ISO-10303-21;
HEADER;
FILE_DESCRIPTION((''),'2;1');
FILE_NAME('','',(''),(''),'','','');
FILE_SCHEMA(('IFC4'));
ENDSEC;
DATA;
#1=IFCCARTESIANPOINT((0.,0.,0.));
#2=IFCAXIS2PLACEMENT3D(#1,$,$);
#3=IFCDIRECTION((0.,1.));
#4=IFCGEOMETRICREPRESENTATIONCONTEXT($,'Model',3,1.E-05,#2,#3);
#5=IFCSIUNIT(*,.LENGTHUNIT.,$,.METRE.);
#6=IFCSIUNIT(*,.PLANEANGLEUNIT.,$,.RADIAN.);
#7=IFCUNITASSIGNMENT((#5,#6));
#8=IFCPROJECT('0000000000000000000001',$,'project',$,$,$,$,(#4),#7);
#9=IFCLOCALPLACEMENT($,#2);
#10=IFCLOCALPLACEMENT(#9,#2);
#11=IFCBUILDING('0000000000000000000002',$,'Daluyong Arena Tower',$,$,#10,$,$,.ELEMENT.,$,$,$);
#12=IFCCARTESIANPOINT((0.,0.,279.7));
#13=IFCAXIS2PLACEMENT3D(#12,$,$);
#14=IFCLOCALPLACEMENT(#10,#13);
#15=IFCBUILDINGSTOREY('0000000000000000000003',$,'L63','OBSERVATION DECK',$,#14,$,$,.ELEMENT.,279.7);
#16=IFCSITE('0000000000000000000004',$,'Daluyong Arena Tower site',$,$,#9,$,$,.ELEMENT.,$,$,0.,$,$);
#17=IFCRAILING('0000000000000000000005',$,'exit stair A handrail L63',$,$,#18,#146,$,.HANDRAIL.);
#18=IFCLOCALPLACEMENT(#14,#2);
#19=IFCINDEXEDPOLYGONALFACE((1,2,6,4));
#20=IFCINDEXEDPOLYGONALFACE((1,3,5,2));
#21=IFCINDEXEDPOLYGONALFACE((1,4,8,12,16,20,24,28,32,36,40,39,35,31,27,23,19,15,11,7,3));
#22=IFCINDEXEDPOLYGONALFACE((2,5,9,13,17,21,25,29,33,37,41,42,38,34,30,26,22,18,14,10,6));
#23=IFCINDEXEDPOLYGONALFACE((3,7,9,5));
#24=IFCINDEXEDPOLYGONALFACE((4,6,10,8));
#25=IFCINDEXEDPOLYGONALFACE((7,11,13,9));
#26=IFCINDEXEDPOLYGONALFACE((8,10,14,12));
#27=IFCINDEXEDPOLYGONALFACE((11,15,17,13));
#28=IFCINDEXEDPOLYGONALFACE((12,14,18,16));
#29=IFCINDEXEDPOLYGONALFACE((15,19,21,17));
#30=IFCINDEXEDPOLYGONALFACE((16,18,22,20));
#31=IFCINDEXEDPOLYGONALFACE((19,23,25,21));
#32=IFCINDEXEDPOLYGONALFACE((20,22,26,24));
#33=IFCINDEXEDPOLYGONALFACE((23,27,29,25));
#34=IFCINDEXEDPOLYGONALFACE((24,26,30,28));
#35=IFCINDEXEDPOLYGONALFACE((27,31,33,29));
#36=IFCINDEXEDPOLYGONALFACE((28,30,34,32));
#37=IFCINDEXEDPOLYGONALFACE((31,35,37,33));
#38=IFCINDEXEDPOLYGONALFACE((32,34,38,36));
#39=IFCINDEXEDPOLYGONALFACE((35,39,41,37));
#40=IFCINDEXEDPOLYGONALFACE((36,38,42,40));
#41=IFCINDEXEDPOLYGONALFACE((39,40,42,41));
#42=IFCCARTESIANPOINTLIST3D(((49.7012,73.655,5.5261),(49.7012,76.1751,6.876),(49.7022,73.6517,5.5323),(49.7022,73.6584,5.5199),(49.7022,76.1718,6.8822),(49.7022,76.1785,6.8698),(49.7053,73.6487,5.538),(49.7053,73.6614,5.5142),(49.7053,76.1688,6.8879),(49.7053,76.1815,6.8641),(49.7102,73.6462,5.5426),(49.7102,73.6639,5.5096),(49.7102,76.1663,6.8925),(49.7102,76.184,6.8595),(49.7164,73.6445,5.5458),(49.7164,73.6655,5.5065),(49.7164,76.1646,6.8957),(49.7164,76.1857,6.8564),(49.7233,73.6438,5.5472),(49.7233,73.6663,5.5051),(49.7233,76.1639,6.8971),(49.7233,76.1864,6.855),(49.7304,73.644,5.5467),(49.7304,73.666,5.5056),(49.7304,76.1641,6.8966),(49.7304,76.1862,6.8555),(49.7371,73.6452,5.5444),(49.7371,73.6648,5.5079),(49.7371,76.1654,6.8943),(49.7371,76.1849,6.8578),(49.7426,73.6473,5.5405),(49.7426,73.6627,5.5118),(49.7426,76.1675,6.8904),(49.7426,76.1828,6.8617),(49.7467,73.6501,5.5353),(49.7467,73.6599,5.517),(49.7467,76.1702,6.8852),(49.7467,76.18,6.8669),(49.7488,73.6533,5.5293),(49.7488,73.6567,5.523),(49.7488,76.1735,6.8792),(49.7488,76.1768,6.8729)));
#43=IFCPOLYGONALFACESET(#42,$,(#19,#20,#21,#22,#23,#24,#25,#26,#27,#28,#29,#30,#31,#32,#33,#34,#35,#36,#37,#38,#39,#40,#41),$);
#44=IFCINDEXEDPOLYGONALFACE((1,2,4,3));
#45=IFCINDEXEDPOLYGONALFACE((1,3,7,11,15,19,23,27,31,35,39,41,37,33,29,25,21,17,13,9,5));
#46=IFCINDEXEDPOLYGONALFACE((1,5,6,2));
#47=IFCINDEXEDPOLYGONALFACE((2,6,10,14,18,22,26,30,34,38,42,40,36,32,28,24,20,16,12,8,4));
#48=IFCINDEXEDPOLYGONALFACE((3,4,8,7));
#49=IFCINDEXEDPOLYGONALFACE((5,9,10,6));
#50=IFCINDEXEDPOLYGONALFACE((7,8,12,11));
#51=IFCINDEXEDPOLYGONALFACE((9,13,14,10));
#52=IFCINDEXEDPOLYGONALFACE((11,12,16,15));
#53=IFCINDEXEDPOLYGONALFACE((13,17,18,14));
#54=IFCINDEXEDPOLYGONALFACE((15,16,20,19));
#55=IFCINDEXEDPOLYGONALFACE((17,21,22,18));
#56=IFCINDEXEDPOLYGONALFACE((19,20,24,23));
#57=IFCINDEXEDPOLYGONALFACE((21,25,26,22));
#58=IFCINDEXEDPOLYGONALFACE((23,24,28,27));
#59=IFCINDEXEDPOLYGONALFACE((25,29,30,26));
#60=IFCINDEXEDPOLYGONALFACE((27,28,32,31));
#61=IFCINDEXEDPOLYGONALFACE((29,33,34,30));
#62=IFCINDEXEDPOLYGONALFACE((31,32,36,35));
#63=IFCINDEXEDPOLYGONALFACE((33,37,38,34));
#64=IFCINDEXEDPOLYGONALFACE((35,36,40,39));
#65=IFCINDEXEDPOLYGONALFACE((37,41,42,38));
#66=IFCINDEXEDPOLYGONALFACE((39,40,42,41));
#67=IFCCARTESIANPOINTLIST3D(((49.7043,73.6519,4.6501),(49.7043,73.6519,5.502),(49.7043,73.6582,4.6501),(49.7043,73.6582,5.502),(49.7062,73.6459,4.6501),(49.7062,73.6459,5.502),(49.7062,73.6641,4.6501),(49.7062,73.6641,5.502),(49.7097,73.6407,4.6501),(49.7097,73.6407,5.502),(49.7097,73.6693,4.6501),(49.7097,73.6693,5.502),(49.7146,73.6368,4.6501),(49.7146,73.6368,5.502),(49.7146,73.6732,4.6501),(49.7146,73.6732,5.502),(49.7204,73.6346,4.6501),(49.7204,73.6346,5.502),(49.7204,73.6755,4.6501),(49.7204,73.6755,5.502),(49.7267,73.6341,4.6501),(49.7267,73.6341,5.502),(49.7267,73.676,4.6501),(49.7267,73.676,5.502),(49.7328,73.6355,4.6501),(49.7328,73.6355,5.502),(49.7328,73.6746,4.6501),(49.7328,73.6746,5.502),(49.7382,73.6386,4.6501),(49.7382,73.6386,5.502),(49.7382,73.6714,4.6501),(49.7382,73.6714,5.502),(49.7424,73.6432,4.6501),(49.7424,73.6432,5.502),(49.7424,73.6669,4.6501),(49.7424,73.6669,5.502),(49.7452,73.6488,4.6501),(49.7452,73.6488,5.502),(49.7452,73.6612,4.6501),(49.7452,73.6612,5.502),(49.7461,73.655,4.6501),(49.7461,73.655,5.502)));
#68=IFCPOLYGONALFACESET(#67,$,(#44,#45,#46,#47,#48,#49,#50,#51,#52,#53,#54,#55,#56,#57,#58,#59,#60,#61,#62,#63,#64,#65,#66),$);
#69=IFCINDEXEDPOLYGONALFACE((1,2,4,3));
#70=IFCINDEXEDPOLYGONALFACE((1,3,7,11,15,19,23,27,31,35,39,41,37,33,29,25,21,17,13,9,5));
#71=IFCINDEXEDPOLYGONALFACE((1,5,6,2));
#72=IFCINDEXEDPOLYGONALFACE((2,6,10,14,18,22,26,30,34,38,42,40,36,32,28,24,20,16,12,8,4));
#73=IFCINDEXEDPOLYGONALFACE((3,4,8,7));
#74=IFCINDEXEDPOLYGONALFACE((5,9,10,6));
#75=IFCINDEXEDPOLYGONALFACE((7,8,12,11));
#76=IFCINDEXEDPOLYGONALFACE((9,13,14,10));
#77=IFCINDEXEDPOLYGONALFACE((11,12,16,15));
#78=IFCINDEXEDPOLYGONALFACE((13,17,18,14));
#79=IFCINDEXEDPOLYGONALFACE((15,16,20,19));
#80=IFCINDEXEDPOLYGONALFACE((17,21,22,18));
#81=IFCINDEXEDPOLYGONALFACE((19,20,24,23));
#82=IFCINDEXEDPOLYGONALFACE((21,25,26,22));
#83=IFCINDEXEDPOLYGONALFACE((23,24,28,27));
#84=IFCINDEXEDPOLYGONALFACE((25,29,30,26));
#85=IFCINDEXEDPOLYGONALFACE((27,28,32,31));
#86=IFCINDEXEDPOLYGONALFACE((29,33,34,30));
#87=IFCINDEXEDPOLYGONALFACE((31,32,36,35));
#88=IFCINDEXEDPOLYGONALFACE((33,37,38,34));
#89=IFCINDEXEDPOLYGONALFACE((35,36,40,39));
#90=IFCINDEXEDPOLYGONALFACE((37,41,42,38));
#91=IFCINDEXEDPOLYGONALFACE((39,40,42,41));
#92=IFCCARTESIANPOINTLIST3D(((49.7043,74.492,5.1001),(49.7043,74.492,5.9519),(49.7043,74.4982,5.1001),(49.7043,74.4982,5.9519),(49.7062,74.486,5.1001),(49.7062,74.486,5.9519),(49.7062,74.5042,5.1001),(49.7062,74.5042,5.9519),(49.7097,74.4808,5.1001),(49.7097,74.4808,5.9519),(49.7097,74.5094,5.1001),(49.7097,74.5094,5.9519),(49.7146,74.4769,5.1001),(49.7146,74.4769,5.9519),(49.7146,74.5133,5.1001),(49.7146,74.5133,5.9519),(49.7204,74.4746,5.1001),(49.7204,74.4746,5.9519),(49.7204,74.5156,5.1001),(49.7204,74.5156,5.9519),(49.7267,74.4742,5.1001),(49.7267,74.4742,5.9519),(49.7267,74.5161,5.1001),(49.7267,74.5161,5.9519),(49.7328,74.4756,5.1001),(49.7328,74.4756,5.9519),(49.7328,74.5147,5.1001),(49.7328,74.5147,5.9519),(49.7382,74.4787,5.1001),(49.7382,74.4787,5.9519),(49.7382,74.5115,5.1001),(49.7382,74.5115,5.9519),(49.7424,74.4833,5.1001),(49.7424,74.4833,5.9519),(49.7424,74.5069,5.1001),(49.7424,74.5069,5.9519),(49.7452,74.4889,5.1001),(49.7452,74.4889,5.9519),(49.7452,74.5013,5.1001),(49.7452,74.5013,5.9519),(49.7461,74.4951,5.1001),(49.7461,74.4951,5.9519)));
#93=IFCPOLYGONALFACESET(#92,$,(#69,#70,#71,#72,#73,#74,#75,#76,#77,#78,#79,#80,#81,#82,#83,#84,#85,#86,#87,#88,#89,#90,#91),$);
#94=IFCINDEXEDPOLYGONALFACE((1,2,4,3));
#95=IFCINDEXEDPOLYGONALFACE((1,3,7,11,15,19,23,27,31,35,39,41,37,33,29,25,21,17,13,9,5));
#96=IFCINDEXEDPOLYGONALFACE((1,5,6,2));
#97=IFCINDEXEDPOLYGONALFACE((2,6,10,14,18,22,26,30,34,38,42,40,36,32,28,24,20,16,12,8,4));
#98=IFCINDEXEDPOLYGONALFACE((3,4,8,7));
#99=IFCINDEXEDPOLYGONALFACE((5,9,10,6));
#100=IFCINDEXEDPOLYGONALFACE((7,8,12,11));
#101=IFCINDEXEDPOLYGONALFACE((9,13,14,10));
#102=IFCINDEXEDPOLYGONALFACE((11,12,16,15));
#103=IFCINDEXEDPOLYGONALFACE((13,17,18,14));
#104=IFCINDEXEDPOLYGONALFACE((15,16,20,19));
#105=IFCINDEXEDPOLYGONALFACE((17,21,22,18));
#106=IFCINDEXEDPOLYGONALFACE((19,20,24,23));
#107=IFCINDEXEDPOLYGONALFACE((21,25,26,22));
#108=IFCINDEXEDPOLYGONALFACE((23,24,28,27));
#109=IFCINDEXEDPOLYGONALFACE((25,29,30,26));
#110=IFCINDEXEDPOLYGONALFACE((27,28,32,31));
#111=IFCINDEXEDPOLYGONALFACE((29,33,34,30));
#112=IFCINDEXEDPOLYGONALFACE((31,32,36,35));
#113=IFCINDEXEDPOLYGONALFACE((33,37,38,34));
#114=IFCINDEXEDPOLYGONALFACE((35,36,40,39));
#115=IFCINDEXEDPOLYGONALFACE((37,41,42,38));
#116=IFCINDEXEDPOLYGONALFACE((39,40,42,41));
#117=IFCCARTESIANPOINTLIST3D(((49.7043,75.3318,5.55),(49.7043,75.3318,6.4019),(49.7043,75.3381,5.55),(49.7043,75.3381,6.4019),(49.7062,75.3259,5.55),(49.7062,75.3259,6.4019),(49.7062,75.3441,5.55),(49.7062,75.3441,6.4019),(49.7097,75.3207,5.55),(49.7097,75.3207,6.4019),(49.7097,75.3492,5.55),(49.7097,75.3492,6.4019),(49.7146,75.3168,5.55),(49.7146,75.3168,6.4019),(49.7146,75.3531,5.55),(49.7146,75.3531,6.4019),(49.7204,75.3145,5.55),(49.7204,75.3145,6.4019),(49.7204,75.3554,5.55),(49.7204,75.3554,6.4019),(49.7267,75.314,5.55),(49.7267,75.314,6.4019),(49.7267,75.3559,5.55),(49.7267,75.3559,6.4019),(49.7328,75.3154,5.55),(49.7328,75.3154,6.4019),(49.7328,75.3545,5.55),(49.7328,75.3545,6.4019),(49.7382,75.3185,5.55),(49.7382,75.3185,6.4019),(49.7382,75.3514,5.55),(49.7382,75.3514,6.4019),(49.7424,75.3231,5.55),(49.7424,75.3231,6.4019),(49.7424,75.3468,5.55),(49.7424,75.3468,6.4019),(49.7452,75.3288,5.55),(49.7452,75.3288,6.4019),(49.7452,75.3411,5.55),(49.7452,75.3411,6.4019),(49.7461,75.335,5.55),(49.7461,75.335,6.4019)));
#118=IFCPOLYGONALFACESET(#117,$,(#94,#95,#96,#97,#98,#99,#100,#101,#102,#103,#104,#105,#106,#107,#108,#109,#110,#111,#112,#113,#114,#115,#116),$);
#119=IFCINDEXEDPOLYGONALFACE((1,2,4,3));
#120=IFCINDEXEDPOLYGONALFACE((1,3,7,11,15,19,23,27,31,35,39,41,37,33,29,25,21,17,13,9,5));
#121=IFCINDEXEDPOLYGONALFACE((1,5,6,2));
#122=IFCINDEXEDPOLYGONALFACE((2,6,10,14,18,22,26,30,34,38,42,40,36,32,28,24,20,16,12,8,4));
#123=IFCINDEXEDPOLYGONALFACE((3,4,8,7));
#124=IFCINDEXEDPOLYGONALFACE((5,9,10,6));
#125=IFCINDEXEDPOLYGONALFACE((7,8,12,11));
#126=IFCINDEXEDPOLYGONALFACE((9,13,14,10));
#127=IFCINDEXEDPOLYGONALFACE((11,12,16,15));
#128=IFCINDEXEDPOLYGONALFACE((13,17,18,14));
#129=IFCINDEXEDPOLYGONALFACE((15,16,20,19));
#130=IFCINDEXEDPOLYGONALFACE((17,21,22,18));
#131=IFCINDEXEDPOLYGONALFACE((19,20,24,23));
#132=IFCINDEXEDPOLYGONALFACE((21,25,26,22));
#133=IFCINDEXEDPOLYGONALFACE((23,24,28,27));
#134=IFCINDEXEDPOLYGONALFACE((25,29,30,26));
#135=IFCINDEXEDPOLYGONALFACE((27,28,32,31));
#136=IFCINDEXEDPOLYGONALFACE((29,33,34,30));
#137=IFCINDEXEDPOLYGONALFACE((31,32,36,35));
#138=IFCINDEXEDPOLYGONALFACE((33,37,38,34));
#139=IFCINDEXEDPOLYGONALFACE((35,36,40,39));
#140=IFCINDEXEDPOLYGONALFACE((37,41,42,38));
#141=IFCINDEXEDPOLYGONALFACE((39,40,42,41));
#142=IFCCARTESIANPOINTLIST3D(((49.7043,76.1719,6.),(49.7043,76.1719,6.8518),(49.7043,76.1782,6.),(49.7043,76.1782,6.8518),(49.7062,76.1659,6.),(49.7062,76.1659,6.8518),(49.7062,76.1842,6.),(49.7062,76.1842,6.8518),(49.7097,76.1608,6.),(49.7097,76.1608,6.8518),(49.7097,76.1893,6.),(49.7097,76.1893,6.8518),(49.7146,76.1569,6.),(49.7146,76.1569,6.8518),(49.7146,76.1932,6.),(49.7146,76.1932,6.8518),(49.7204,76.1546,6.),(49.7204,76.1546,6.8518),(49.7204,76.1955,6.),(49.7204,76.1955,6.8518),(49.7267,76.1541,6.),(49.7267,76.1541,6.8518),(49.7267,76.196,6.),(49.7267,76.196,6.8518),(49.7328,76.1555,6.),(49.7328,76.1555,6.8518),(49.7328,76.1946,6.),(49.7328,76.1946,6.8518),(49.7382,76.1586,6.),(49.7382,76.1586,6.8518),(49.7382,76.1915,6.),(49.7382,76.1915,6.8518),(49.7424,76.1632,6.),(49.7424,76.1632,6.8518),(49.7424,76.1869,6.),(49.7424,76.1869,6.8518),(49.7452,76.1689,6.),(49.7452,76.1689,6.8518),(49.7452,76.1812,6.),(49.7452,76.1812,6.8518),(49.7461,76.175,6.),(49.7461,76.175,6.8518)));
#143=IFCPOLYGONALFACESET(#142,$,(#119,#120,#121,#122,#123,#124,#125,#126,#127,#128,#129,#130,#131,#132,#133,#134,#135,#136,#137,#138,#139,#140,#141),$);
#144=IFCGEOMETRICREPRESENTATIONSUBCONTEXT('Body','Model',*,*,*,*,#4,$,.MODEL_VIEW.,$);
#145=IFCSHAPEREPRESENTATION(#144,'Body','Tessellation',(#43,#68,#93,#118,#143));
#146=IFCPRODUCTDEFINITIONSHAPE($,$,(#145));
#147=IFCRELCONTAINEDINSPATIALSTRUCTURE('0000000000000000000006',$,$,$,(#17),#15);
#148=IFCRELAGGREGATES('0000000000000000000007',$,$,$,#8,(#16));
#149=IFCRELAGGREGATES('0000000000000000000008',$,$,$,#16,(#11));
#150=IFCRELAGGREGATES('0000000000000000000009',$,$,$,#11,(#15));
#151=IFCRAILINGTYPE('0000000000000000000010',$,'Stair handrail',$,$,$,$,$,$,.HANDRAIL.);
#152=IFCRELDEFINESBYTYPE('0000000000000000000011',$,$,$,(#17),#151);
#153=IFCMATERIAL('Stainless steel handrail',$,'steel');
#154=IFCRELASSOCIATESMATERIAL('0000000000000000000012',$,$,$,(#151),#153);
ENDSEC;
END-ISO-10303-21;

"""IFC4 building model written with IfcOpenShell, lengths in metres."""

from ifc_helpers import new_model, si_unit, direction, frame, origin, origin_2d, place, context, subcontext, project, spatial, circle, extrude, material, type_object, element, save


model = new_model("IFC4")

# Units and contexts
model_context = context("Model", 3, precision=1e-05, world=origin(), true_north=direction((0.0, 1.0)))
body_context = subcontext(model_context, "Body", "Model", "MODEL_VIEW")
ifc_project = project(units=[si_unit("LENGTHUNIT", "METRE"), si_unit("PLANEANGLEUNIT", "RADIAN")], contexts=[model_context])

# Site, building, storey
site_placement = place(None, origin())
site = spatial("IfcSite", under=ifc_project, at=site_placement, Name="Daluyong Arena Tower site", CompositionType="ELEMENT", RefElevation=0.0)
building_placement = place(site_placement, origin())
building = spatial("IfcBuilding", under=site, at=building_placement, Name="Daluyong Arena Tower", CompositionType="ELEMENT")
storey_placement = place(building_placement, frame((0.0, 0.0, 279.7)))
storey = spatial("IfcBuildingStorey", under=building, at=storey_placement, Name="L63", Description="OBSERVATION DECK", CompositionType="ELEMENT", Elevation=279.7)

# Railing
ifc_material_1 = material(Name="Stainless steel handrail", Category="steel")
railing_type = type_object("IfcRailingType", Name="Stair handrail", PredefinedType="HANDRAIL", material=ifc_material_1)
for number, where, name in (
    (1, (49.7251, 73.655, 4.6501), "exit stair A handrail L63"),
):
    element("IfcRailing", number, at=place(storey_placement, frame(where)), inside=storey, type_object=railing_type, Name=name, PredefinedType="HANDRAIL", context=body_context, shape_type="SweptSolid", body=[
        extrude(circle(Radius=0.0239, at=origin_2d()), frame((0.0, 0.0, 0.876), z_axis=(0.0, 0.881503, 0.472179), x_axis=(-1.0, 0.0, 0.0)), (0.0, 0.0, 1.0), 2.8589),
        extrude(circle(Radius=0.021, at=origin_2d()), origin(), (0.0, 0.0, 1.0), 0.8518),
        extrude(circle(Radius=0.021, at=origin_2d()), frame((0.0, 0.8401, 0.45)), (0.0, 0.0, 1.0), 0.8518),
        extrude(circle(Radius=0.021, at=origin_2d()), frame((0.0, 1.6799, 0.8999)), (0.0, 0.0, 1.0), 0.8518),
        extrude(circle(Radius=0.021, at=origin_2d()), frame((0.0, 2.52, 1.3499)), (0.0, 0.0, 1.0), 0.8518),
    ])

save(model, "model.ifc")
